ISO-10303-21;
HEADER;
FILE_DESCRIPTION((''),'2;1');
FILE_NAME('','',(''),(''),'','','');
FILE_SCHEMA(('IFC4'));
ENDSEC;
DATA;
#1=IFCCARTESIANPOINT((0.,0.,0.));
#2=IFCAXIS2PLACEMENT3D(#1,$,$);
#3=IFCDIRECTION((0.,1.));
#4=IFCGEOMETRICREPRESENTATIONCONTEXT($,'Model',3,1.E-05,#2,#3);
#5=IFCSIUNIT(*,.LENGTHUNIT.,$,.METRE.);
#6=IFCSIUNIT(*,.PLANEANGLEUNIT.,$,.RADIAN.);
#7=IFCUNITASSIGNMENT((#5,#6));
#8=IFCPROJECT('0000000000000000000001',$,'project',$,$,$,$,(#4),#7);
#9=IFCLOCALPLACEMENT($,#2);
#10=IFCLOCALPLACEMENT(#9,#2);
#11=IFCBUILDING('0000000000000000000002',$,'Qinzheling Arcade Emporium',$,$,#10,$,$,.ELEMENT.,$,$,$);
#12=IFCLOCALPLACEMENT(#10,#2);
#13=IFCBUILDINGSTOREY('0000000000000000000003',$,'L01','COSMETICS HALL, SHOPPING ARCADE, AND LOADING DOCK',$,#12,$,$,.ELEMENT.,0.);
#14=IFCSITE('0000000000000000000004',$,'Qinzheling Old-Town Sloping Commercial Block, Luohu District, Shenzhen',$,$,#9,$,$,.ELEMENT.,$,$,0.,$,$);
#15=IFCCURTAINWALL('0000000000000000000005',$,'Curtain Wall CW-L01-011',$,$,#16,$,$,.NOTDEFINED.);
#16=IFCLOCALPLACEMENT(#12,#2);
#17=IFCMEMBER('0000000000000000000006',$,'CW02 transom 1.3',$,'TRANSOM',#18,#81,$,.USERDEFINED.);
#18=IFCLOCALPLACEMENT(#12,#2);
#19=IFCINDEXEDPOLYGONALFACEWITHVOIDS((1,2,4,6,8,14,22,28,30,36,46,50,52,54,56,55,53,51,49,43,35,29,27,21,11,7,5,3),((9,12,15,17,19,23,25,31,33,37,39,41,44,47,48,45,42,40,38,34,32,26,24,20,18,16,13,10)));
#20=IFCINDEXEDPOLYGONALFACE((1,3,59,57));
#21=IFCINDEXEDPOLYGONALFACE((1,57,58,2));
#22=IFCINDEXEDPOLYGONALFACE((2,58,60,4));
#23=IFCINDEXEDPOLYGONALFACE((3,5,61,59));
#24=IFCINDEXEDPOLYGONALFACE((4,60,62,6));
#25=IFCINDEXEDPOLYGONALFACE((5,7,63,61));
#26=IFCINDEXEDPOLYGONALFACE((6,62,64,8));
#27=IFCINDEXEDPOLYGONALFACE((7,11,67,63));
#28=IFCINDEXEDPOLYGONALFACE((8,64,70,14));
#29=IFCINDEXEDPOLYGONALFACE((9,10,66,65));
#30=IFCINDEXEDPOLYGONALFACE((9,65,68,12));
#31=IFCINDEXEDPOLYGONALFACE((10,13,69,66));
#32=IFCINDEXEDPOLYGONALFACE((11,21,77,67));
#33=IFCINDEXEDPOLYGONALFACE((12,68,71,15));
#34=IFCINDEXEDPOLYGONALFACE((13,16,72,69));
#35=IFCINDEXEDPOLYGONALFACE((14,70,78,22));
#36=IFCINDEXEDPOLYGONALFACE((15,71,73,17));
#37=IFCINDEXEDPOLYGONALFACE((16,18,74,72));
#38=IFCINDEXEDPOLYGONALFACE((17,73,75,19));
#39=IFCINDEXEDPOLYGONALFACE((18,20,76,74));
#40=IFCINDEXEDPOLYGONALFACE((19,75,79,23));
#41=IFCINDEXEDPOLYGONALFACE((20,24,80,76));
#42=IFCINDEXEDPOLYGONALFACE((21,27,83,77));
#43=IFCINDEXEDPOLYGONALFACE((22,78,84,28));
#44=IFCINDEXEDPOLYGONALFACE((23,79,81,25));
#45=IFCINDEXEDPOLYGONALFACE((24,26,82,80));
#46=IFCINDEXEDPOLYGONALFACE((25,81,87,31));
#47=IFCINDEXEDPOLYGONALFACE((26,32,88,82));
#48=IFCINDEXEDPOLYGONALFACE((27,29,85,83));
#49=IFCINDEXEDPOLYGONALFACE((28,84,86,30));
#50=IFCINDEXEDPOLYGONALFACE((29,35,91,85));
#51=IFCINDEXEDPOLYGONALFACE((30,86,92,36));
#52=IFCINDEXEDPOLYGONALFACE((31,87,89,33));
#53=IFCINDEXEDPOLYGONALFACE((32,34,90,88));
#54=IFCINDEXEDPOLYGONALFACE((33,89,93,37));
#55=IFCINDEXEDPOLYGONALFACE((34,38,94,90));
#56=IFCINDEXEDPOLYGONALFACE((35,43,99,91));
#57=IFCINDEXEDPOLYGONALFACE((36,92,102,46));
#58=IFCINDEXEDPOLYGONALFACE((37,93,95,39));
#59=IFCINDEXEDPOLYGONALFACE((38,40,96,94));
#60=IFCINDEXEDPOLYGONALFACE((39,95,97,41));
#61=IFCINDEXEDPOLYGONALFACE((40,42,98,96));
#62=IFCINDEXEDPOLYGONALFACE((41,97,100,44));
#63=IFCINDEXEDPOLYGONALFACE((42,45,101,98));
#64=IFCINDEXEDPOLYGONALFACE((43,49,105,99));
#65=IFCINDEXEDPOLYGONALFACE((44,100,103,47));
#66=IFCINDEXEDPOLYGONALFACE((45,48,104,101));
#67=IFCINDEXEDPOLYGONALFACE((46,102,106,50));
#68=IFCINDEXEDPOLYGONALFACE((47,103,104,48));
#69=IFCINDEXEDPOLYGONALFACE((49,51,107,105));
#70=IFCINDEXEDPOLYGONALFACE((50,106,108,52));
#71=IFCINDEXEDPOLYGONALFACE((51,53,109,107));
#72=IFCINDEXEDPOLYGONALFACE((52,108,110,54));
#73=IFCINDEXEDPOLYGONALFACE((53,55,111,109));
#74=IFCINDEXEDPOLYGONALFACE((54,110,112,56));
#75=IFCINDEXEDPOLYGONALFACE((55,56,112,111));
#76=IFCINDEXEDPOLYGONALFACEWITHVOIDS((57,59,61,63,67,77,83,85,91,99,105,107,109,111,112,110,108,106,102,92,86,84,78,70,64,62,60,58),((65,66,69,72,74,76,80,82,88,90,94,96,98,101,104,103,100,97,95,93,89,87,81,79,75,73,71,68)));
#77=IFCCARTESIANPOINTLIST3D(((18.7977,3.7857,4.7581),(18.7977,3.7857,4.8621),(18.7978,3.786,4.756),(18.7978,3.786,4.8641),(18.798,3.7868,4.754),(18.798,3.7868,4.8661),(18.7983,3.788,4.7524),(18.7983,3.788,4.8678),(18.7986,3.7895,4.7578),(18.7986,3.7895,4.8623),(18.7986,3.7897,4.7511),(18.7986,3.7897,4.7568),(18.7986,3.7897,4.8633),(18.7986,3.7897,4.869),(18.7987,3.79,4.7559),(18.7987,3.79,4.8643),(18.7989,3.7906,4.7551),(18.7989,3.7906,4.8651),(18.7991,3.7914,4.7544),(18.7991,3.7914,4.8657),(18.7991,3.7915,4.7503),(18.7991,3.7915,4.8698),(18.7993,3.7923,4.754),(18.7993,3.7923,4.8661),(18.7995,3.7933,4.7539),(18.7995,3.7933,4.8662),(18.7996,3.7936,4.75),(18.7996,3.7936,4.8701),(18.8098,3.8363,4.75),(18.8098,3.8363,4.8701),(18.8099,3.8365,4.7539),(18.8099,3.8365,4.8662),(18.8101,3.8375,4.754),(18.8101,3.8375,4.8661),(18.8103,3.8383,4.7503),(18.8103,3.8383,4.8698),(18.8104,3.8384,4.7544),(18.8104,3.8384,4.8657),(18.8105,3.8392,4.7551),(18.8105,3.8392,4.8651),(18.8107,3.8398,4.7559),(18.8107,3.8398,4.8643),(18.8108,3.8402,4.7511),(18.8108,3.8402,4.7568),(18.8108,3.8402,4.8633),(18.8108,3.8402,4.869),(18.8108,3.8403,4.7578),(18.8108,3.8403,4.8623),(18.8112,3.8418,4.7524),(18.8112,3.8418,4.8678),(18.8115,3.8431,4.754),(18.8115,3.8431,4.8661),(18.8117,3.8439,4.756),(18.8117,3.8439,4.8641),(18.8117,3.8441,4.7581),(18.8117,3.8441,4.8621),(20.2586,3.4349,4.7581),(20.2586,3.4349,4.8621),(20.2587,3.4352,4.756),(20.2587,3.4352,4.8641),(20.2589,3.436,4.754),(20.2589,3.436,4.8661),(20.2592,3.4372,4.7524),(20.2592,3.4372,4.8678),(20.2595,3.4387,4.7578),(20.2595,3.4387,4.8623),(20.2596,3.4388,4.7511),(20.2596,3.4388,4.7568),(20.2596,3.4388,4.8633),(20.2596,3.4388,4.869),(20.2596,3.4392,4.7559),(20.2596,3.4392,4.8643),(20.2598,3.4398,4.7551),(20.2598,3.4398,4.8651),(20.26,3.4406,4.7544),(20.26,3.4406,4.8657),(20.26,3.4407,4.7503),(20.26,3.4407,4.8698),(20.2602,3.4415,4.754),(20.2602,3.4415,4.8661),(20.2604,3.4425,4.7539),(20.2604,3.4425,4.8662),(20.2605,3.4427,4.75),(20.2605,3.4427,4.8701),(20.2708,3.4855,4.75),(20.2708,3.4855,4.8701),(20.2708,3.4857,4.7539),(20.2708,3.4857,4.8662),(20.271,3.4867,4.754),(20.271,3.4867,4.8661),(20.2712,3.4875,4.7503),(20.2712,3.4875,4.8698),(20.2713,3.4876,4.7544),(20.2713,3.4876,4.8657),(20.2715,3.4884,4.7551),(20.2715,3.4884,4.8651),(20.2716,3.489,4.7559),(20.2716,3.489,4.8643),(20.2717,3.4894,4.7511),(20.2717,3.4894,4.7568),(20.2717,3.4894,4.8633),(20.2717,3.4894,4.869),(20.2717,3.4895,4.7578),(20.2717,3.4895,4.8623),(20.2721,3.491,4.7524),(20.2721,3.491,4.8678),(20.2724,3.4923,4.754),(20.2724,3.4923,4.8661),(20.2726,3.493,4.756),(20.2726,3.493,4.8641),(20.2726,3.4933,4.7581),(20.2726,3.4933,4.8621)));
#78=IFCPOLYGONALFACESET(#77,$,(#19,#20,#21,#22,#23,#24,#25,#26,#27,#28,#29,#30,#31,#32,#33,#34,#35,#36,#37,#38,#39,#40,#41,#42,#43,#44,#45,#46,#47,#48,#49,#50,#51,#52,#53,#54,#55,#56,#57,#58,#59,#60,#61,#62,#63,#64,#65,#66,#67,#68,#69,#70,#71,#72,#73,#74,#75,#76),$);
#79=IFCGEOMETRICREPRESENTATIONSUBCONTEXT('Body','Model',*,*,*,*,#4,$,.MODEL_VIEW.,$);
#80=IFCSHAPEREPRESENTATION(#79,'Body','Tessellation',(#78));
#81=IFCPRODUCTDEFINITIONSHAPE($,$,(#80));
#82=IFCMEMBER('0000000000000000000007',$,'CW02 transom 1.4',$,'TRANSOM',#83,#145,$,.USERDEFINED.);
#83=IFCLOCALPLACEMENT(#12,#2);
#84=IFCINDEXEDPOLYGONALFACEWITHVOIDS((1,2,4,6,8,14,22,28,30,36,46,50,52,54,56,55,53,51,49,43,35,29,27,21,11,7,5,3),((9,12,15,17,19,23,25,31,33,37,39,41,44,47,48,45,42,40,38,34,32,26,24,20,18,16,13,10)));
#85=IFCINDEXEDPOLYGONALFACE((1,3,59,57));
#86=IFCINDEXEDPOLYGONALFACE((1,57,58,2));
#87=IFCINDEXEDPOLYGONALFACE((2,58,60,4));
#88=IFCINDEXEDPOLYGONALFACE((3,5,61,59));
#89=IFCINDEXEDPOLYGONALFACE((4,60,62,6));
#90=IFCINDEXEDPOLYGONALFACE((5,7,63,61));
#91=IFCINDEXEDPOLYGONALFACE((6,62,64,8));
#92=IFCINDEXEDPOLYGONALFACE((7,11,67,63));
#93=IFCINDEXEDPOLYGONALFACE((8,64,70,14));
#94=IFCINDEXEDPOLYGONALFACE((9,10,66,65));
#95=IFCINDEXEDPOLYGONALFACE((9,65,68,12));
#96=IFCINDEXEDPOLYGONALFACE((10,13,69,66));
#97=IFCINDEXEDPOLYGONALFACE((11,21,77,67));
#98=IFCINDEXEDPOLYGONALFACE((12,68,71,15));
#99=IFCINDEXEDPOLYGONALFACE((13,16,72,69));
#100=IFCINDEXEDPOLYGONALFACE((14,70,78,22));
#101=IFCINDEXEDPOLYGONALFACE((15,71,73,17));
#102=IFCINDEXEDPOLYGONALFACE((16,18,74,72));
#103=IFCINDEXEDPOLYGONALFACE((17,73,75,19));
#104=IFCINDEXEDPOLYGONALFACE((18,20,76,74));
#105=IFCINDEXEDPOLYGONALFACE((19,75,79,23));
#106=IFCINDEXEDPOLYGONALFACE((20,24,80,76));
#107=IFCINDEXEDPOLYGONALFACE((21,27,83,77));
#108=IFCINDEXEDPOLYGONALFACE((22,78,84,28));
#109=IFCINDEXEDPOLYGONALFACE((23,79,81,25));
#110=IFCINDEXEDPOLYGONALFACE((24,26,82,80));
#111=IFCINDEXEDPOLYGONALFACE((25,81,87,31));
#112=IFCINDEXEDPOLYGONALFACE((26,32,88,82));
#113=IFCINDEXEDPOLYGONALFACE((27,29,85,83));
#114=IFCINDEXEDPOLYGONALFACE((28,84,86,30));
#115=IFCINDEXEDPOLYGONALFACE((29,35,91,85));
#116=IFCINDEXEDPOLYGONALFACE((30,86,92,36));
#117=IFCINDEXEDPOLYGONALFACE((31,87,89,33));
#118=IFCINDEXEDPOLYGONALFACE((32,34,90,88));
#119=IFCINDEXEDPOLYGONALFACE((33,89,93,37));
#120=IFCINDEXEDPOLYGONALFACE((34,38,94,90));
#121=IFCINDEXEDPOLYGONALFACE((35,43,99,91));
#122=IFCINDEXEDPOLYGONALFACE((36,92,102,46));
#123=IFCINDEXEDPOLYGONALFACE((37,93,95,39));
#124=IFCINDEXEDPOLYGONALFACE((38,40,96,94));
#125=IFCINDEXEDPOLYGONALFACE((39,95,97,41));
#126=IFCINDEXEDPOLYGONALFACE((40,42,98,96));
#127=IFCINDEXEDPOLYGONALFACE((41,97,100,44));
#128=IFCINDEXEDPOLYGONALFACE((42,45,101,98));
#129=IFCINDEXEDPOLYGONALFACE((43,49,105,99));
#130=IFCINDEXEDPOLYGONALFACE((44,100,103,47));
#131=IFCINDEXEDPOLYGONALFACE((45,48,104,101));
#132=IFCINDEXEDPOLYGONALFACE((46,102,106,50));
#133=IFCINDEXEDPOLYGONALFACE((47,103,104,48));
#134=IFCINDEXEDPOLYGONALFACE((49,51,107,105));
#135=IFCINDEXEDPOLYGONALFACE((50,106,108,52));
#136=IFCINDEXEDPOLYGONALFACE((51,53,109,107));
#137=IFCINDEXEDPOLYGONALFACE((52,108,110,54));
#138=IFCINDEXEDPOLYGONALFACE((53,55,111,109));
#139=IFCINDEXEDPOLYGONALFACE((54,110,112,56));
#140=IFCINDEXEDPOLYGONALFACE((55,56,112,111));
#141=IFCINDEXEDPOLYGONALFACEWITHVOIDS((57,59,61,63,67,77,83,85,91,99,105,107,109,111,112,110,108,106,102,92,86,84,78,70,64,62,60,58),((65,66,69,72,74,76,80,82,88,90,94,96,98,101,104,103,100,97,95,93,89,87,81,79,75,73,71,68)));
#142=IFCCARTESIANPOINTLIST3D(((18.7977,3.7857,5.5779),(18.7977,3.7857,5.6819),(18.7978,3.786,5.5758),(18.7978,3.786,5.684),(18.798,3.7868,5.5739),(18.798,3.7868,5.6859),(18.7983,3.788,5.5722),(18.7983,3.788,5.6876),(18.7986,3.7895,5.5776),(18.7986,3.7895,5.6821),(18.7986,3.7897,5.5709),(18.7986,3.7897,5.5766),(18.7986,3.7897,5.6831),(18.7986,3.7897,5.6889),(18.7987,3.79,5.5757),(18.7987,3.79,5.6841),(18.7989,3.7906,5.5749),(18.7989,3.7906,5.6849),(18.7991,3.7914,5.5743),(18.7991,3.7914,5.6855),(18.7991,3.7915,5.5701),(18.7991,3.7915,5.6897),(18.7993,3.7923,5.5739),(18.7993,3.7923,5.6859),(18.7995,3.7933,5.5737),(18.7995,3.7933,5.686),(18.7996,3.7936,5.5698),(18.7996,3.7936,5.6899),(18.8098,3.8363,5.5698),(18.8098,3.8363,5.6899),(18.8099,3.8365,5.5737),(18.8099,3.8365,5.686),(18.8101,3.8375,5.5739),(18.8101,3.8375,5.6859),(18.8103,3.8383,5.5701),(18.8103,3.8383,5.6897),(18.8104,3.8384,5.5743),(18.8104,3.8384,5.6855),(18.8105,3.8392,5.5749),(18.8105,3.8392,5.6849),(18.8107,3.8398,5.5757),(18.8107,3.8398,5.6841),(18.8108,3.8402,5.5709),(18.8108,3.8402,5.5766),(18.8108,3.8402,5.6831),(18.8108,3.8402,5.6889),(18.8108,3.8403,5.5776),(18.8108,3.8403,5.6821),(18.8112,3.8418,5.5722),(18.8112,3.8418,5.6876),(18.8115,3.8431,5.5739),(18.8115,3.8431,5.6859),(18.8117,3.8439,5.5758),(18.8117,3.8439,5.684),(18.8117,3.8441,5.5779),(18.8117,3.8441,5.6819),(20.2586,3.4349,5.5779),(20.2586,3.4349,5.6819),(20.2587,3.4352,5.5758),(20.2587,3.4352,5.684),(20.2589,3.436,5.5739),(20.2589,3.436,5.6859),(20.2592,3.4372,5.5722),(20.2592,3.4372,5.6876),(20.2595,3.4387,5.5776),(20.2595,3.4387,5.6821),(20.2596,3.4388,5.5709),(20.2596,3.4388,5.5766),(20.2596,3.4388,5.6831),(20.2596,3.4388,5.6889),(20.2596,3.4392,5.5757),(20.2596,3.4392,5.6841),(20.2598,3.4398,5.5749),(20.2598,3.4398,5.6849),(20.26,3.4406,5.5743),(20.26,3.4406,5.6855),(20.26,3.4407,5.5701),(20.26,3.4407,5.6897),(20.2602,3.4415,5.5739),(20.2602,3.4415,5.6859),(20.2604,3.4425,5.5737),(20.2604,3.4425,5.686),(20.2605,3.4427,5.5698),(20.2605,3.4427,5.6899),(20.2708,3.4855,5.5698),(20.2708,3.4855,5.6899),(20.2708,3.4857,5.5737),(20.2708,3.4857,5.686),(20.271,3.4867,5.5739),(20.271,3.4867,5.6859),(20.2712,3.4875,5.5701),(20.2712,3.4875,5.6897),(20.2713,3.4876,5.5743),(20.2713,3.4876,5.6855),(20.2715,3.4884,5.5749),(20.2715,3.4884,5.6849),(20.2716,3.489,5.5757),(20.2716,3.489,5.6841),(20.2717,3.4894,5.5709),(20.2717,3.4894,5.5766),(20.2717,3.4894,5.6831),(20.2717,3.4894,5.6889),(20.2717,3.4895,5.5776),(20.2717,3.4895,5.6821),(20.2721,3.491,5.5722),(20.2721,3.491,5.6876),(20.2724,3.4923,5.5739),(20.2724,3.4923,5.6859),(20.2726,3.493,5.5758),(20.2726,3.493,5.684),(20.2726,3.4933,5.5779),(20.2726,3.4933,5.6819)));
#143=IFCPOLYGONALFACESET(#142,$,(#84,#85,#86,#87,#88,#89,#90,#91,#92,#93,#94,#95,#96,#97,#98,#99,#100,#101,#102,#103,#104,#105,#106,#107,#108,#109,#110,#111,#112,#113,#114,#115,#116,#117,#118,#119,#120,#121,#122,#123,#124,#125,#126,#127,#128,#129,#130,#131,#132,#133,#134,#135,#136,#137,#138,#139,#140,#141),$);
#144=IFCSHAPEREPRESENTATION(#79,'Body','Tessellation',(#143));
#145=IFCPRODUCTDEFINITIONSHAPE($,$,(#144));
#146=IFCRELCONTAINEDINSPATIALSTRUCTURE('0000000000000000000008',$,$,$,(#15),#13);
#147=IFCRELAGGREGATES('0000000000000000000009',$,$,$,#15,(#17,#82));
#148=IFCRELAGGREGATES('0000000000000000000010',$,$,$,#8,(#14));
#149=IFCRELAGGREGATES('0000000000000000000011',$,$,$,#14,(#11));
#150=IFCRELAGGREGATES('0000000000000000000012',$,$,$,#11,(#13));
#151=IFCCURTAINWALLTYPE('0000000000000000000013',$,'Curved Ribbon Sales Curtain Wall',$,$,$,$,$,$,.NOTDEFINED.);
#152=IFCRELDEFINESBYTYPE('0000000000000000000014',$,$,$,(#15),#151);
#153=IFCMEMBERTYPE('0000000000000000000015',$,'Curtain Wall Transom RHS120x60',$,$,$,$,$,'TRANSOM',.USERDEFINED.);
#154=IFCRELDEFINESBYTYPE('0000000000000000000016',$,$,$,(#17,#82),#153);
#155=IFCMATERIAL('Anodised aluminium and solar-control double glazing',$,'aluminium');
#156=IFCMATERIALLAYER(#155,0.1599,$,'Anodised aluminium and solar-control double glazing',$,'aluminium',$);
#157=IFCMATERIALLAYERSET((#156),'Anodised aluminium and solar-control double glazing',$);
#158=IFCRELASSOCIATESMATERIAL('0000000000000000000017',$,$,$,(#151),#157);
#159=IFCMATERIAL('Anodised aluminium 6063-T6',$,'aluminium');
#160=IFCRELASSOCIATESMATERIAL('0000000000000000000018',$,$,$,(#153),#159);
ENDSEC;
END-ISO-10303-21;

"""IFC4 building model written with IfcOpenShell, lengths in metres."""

from ifc_helpers import new_model, si_unit, direction, frame, origin, origin_2d, place, context, subcontext, project, spatial, hollow_rectangle, extrude, material, layer, layer_set, material_profile, profile_set, type_object, element, aggregate, save


model = new_model("IFC4")

# Units and contexts
model_context = context("Model", 3, precision=1e-05, world=origin(), true_north=direction((0.0, 1.0)))
body_context = subcontext(model_context, "Body", "Model", "MODEL_VIEW")
ifc_project = project(units=[si_unit("LENGTHUNIT", "METRE"), si_unit("PLANEANGLEUNIT", "RADIAN")], contexts=[model_context])

# Site, building, storey
site_placement = place(None, origin())
site = spatial("IfcSite", under=ifc_project, at=site_placement, Name="Qinzheling Old-Town Sloping Commercial Block, Luohu District, Shenzhen", CompositionType="ELEMENT", RefElevation=0.0)
building_placement = place(site_placement, origin())
building = spatial("IfcBuilding", under=site, at=building_placement, Name="Qinzheling Arcade Emporium", CompositionType="ELEMENT")
storey_placement = place(building_placement, origin())
storey = spatial("IfcBuildingStorey", under=building, at=storey_placement, Name="L01", Description="COSMETICS HALL, SHOPPING ARCADE, AND LOADING DOCK", CompositionType="ELEMENT", Elevation=0.0)

# Curtain wall, members
ifc_material_1 = material(Name="Anodised aluminium and solar-control double glazing", Category="aluminium")
ifc_layer_1 = layer(ifc_material_1, 0.1599, Name="Anodised aluminium and solar-control double glazing", Category="aluminium")
ifc_layer_set_1 = layer_set([ifc_layer_1], Name="Anodised aluminium and solar-control double glazing")
curtain_wall_type = type_object("IfcCurtainWallType", Name="Curved Ribbon Sales Curtain Wall", PredefinedType="NOTDEFINED", material=ifc_layer_set_1)
curtain_wall_placement = place(storey_placement, origin())
curtain_wall = element("IfcCurtainWall", 1, at=curtain_wall_placement, inside=storey, type_object=curtain_wall_type, Name="Curtain Wall CW-L01-011", PredefinedType="NOTDEFINED")
ifc_material_2 = material(Name="Anodised aluminium 6063-T6", Category="aluminium")
ifc_material_profile_1 = material_profile(ifc_material_2, hollow_rectangle(XDim=0.0601, YDim=0.1201, WallThickness=0.0039, InnerFilletRadius=0.0039, OuterFilletRadius=0.0081, at=origin_2d()), Name="RHS 120x60x4", Category="aluminium")
ifc_profile_set_1 = profile_set([ifc_material_profile_1], Name="Anodised aluminium 6063-T6")
member_type_1 = type_object("IfcMemberType", Name="Curtain Wall Transom RHS120x60", ElementType="TRANSOM", PredefinedType="USERDEFINED", material=ifc_profile_set_1)
member_1_placement = place(storey_placement, frame((20.2656, 3.4641, 4.8101), z_axis=(-0.972356, 0.233502, 0.0), x_axis=(-0.233502, -0.972356, 0.0)))
member_1 = element("IfcMember", 2, at=member_1_placement, type_object=member_type_1, Name="CW02 transom 1.3", ObjectType="TRANSOM", PredefinedType="USERDEFINED", context=body_context, shape_type="SweptSolid", body=[
    extrude(hollow_rectangle(XDim=0.0601, YDim=0.1201, WallThickness=0.0039, InnerFilletRadius=0.0039, OuterFilletRadius=0.0081, at=origin_2d()), origin(), (0.0, 0.0, 1.0), 1.5024),
])
member_2_placement = place(storey_placement, frame((20.2656, 3.4641, 5.6299), z_axis=(-0.972356, 0.233502, 0.0), x_axis=(-0.233502, -0.972356, 0.0)))
member_2 = element("IfcMember", 3, at=member_2_placement, type_object=member_type_1, Name="CW02 transom 1.4", ObjectType="TRANSOM", PredefinedType="USERDEFINED", context=body_context, shape_type="SweptSolid", body=[
    extrude(hollow_rectangle(XDim=0.0601, YDim=0.1201, WallThickness=0.0039, InnerFilletRadius=0.0039, OuterFilletRadius=0.0081, at=origin_2d()), origin(), (0.0, 0.0, 1.0), 1.5024),
])

aggregate(curtain_wall, [member_1, member_2])

save(model, "model.ifc")
